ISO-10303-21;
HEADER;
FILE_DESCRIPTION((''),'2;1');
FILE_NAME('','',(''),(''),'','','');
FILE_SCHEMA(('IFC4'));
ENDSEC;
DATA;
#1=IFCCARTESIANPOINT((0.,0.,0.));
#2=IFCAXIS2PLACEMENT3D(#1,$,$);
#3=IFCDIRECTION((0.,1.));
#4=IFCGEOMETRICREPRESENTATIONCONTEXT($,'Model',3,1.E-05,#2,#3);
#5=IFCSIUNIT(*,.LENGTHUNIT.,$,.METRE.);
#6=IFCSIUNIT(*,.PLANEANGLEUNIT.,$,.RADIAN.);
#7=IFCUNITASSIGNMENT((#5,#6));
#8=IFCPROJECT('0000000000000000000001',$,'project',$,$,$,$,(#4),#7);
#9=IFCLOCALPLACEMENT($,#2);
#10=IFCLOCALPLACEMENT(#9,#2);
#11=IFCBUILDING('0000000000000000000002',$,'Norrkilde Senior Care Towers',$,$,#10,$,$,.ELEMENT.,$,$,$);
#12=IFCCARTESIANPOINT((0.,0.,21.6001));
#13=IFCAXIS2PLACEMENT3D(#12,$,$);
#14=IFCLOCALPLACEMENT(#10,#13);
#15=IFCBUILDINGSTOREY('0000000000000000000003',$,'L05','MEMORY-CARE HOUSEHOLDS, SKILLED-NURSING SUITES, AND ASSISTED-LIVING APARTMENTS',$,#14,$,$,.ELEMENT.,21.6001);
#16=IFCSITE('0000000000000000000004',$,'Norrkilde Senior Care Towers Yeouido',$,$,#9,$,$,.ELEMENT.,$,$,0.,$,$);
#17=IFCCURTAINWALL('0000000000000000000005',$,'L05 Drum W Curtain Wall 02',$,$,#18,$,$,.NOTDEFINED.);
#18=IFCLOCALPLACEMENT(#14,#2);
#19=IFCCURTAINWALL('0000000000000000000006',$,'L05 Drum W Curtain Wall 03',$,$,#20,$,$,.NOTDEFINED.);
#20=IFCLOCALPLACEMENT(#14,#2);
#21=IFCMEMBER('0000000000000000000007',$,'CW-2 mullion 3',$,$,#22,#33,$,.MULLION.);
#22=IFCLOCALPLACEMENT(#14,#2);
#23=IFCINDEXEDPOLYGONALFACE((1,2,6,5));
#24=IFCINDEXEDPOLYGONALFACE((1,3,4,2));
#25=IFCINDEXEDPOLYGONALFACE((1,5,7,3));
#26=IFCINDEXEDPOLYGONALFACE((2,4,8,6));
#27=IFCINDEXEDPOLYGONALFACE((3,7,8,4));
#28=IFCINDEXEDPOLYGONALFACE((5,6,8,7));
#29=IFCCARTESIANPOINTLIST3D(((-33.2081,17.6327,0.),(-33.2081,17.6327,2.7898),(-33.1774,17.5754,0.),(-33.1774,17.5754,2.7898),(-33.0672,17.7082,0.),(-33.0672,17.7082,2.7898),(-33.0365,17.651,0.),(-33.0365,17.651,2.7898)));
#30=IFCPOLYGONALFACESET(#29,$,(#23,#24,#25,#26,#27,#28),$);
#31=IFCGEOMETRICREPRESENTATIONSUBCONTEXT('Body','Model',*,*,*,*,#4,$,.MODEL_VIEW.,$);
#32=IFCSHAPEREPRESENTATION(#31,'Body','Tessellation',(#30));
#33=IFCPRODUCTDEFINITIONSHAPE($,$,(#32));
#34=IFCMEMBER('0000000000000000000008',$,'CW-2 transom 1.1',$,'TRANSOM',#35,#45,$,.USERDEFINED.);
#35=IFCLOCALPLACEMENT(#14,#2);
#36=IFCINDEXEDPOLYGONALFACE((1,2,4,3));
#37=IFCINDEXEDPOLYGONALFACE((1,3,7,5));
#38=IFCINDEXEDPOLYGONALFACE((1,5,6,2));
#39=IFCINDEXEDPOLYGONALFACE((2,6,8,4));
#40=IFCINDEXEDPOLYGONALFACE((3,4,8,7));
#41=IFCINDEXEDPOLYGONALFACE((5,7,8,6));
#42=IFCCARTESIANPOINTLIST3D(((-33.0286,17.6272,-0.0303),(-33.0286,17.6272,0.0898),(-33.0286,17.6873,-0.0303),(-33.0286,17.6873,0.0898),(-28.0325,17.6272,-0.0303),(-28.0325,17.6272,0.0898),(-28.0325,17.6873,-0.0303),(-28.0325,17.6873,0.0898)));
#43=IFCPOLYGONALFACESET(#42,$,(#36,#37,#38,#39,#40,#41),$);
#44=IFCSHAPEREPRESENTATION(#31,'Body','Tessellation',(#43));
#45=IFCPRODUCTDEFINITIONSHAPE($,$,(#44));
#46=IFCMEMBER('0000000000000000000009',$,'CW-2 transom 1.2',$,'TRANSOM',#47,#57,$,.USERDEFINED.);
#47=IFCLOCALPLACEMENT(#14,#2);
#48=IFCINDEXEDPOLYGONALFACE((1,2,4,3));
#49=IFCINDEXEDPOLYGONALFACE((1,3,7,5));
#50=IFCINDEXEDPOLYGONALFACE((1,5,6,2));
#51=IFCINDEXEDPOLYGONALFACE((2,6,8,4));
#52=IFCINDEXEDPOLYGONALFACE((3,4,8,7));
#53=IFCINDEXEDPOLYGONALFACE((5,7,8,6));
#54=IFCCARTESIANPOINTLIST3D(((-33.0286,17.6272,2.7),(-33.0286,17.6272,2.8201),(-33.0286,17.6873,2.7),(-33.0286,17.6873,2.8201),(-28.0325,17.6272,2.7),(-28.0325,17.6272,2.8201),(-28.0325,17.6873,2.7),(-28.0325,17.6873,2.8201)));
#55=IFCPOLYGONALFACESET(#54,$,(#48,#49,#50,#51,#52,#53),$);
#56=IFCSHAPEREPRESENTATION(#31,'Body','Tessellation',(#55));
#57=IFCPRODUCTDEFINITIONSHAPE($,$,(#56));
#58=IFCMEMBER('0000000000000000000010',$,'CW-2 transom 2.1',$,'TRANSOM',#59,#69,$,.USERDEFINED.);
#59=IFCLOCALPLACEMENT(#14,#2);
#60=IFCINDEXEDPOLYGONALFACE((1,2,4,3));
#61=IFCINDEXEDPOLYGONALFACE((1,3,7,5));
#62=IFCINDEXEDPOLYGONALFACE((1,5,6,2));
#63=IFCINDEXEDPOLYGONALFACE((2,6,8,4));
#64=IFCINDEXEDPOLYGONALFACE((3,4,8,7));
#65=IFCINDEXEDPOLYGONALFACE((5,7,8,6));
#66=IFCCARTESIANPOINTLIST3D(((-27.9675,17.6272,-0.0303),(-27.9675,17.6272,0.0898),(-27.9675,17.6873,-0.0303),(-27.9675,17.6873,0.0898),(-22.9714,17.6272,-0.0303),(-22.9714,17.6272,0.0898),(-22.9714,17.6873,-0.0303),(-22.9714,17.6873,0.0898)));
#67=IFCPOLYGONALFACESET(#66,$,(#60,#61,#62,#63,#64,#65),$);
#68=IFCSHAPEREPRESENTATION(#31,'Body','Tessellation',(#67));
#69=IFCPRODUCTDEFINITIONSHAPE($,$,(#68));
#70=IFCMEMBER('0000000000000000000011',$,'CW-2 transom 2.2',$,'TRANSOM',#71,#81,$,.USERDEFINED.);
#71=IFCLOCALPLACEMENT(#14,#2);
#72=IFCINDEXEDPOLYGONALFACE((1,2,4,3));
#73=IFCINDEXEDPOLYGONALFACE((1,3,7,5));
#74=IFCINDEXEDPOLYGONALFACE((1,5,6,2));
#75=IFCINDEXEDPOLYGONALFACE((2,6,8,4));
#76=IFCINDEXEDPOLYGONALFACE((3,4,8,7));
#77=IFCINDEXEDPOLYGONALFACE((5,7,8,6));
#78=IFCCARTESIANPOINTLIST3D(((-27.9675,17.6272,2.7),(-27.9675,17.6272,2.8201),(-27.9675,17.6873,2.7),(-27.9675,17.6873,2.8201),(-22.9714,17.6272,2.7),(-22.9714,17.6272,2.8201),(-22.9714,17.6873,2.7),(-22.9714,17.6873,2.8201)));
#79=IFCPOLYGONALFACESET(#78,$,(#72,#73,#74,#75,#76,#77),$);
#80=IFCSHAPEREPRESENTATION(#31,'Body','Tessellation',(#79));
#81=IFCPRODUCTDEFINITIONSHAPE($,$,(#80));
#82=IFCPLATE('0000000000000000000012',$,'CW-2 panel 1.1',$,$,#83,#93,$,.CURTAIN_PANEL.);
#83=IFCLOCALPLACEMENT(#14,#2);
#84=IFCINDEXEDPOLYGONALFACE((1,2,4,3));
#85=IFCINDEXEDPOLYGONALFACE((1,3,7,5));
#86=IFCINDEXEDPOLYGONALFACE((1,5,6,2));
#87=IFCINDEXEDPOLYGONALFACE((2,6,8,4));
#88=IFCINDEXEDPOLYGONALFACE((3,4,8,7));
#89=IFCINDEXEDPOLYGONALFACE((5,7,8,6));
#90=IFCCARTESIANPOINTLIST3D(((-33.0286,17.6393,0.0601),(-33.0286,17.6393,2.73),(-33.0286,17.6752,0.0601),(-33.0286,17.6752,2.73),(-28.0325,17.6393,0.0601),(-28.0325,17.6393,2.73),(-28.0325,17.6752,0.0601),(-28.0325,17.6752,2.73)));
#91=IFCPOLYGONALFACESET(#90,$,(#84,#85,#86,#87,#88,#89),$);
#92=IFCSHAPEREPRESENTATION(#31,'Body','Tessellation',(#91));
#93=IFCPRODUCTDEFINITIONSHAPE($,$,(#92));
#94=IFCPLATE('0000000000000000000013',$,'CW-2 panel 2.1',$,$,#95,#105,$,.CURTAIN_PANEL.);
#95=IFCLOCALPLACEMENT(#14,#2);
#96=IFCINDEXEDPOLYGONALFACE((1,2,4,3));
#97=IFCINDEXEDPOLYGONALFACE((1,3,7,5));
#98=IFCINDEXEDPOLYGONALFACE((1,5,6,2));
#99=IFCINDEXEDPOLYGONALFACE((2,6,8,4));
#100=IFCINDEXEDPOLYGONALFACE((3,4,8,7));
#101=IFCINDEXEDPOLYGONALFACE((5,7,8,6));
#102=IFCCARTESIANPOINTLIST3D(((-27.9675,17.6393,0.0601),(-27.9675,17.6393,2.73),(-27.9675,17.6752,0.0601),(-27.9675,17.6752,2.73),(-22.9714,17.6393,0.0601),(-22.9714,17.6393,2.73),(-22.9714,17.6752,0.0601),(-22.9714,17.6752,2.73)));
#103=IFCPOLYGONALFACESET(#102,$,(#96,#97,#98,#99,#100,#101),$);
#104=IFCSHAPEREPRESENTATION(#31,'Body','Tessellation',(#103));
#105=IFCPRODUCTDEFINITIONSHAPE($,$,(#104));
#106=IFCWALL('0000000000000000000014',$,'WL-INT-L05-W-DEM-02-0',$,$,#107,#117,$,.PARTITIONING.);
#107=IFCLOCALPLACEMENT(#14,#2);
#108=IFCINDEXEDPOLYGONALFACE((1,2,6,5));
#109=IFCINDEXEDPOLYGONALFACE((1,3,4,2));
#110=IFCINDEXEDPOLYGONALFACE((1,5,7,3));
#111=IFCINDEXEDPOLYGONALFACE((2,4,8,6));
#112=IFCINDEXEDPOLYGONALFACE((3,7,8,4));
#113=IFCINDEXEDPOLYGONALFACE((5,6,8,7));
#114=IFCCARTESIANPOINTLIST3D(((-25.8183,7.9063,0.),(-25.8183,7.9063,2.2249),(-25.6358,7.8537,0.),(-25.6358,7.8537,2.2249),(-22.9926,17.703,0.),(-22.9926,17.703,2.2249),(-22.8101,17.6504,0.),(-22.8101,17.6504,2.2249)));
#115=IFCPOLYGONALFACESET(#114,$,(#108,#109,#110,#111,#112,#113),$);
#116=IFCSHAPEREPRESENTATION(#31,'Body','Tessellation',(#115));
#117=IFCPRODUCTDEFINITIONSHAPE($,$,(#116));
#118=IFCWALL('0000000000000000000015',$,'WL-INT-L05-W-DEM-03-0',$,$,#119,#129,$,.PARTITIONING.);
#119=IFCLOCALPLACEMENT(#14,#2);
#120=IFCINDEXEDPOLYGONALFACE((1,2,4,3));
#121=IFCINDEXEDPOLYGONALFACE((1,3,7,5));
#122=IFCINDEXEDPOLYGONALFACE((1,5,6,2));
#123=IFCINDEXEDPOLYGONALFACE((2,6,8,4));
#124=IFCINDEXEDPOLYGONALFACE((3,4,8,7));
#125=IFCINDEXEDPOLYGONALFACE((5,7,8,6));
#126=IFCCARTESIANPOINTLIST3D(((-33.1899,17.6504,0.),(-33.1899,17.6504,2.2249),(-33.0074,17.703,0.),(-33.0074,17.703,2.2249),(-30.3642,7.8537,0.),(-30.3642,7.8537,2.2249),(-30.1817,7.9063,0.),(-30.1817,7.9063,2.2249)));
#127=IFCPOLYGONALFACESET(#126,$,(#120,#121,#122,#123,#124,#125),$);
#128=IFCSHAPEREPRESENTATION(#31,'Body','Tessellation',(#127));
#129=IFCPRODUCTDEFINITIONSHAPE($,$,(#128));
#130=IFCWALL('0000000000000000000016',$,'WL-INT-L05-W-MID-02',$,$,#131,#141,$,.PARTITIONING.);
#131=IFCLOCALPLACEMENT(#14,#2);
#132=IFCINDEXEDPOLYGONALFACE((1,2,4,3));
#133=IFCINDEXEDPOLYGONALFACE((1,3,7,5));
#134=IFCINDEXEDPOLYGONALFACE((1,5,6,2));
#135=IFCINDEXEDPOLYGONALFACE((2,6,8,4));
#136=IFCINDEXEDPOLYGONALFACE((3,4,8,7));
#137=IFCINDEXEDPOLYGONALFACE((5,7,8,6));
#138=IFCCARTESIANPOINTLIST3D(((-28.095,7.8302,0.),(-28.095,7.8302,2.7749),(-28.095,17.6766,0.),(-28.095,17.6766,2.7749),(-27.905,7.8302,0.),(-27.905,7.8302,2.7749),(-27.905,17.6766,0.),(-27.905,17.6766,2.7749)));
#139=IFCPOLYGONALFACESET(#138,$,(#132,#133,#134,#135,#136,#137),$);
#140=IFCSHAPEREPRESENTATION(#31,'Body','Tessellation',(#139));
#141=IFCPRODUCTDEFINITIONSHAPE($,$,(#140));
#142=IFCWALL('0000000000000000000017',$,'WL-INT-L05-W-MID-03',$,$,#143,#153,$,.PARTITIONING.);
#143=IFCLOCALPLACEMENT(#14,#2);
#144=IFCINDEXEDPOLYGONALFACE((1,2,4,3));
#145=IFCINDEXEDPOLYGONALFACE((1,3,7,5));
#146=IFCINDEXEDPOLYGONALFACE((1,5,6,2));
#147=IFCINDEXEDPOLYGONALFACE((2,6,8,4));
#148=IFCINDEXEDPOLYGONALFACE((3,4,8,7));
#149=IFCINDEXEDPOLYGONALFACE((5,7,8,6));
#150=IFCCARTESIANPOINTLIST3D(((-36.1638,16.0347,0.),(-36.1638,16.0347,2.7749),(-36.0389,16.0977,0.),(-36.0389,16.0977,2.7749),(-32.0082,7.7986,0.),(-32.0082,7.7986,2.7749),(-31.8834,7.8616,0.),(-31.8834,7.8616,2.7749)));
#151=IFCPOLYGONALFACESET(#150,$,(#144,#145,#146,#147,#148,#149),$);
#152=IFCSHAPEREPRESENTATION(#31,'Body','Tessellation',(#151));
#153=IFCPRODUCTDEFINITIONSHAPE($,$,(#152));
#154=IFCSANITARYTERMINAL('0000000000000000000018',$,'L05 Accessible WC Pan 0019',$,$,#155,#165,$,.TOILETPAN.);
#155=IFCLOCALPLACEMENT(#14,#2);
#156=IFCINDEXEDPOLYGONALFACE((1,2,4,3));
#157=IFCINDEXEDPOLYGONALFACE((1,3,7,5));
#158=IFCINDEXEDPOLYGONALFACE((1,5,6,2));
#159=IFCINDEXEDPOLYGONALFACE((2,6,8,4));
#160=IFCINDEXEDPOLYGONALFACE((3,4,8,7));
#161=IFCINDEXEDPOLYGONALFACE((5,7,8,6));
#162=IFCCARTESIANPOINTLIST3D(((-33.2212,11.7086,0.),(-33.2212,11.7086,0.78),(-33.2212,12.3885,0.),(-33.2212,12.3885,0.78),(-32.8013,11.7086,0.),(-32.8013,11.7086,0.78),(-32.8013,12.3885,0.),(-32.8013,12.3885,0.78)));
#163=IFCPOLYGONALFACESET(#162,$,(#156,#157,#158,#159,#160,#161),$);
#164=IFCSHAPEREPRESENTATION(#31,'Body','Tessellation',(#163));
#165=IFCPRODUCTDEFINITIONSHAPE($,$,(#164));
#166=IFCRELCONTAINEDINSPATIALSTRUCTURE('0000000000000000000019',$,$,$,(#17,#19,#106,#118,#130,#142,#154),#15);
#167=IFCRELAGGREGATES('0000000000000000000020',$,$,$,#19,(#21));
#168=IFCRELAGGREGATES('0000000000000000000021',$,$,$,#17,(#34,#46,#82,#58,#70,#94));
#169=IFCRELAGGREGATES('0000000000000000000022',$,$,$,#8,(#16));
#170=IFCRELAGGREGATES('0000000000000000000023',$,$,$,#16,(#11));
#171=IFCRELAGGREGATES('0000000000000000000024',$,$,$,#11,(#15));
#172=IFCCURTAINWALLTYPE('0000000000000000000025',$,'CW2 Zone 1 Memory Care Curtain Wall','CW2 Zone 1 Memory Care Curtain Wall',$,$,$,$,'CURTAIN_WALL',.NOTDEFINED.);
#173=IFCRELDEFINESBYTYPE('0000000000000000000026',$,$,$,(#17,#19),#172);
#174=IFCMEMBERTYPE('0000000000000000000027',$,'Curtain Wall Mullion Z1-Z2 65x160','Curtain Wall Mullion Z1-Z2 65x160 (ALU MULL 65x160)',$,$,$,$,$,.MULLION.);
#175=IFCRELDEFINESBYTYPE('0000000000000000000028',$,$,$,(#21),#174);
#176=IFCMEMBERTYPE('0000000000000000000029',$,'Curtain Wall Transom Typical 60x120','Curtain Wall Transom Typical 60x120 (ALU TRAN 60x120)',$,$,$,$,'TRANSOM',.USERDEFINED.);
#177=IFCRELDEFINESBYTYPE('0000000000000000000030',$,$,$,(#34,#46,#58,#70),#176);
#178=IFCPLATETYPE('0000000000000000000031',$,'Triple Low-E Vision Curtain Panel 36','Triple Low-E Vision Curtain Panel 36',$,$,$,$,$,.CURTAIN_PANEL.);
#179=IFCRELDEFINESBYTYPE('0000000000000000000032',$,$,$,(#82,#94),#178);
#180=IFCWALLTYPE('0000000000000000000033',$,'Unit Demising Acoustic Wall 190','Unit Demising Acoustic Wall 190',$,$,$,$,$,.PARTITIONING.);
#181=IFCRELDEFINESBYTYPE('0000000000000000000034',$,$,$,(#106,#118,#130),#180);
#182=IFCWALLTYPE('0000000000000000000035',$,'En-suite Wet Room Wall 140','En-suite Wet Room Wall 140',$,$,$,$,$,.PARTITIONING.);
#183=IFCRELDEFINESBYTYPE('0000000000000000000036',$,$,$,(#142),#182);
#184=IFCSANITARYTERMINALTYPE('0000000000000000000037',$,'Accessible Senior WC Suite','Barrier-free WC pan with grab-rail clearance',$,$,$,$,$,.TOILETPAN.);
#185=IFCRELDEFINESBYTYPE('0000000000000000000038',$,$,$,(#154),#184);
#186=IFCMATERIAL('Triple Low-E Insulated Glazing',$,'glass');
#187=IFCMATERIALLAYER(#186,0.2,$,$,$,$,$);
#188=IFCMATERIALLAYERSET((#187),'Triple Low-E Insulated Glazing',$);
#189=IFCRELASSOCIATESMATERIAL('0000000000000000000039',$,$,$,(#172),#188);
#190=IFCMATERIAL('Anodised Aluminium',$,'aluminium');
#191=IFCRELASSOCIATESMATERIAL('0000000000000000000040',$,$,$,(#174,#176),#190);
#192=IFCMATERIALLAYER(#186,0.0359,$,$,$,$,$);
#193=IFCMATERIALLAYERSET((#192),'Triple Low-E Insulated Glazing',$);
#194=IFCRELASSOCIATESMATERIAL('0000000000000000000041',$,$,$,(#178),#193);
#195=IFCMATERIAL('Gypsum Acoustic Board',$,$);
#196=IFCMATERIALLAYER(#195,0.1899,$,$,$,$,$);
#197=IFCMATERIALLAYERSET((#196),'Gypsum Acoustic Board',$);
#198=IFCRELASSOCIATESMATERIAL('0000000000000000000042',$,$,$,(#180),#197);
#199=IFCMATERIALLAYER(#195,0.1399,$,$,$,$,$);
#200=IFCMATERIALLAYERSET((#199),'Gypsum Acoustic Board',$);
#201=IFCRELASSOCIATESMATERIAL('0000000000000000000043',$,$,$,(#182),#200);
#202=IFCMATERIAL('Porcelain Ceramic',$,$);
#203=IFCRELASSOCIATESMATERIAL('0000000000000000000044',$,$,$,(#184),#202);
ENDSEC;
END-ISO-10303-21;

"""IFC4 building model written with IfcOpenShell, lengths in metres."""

from ifc_helpers import new_model, si_unit, direction, frame, frame_2d, origin, origin_2d, place, context, subcontext, project, spatial, rectangle, extrude, source, transform, mapped, material, layer, layer_set, material_profile, profile_set, type_object, type_shapes, element, aggregate, save


model = new_model("IFC4")

# Units and contexts
model_context = context("Model", 3, precision=1e-05, world=origin(), true_north=direction((0.0, 1.0)))
body_context = subcontext(model_context, "Body", "Model", "MODEL_VIEW")
ifc_project = project(units=[si_unit("LENGTHUNIT", "METRE"), si_unit("PLANEANGLEUNIT", "RADIAN")], contexts=[model_context])

# Site, building, storey
site_placement = place(None, origin())
site = spatial("IfcSite", under=ifc_project, at=site_placement, Name="Norrkilde Senior Care Towers Yeouido", CompositionType="ELEMENT", RefElevation=0.0)
building_placement = place(site_placement, origin())
building = spatial("IfcBuilding", under=site, at=building_placement, Name="Norrkilde Senior Care Towers", CompositionType="ELEMENT")
storey_placement = place(building_placement, frame((0.0, 0.0, 21.6001)))
storey = spatial("IfcBuildingStorey", under=building, at=storey_placement, Name="L05", Description="MEMORY-CARE HOUSEHOLDS, SKILLED-NURSING SUITES, AND ASSISTED-LIVING APARTMENTS", CompositionType="ELEMENT", Elevation=21.6001)

# Curtain wall
ifc_material_1 = material(Name="Triple Low-E Insulated Glazing", Category="glass")
ifc_layer_1 = layer(ifc_material_1, 0.2)
ifc_layer_set_1 = layer_set([ifc_layer_1], Name="Triple Low-E Insulated Glazing")
curtain_wall_type = type_object("IfcCurtainWallType", Name="CW2 Zone 1 Memory Care Curtain Wall", Description="CW2 Zone 1 Memory Care Curtain Wall", ElementType="CURTAIN_WALL", PredefinedType="NOTDEFINED", material=ifc_layer_set_1)
curtain_wall_1_placement = place(storey_placement, origin())
curtain_wall_1 = element("IfcCurtainWall", 1, at=curtain_wall_1_placement, inside=storey, type_object=curtain_wall_type, Name="L05 Drum W Curtain Wall 02", PredefinedType="NOTDEFINED")
ifc_material_2 = material(Name="Anodised Aluminium", Category="aluminium")
ifc_material_profile_1 = material_profile(ifc_material_2, rectangle(XDim=0.0649, YDim=0.1599, at=origin_2d()), Name="ALU MULL 65x160")
ifc_profile_set_1 = profile_set([ifc_material_profile_1], Name="Anodised Aluminium")
member_type_1 = type_object("IfcMemberType", Name="Curtain Wall Mullion Z1-Z2 65x160", Description="Curtain Wall Mullion Z1-Z2 65x160 (ALU MULL 65x160)", PredefinedType="MULLION", material=ifc_profile_set_1)
shared_shape_1 = source(origin(), body_context, "Body", "SweptSolid", [
    extrude(rectangle(XDim=0.0649, YDim=0.1599, at=origin_2d()), origin(), (0.0, 0.0, 1.0), 2.7898),
])
type_shapes(member_type_1, [shared_shape_1])

# Curtain wall, member
curtain_wall_2_placement = place(storey_placement, origin())
curtain_wall_2 = element("IfcCurtainWall", 2, at=curtain_wall_2_placement, inside=storey, type_object=curtain_wall_type, Name="L05 Drum W Curtain Wall 03", PredefinedType="NOTDEFINED")
member_1_placement = place(storey_placement, frame((-33.1223, 17.6418, 0.0), z_axis=(0.0, 0.0, 1.0), x_axis=(-0.472608, 0.881273, 0.0)))
member_1 = element("IfcMember", 3, at=member_1_placement, type_object=member_type_1, Name="CW-2 mullion 3", PredefinedType="MULLION", context=body_context, shape_type="MappedRepresentation", body=[
    mapped(shared_shape_1, transform((0.0, 0.0, 0.0), x_axis=(1.0, 0.0, 0.0), y_axis=(0.0, 1.0, 0.0), z_axis=(0.0, 0.0, 1.0), scale=1.0)),
])
aggregate(curtain_wall_2, [member_1])

# Members
ifc_material_profile_2 = material_profile(ifc_material_2, rectangle(XDim=0.0601, YDim=0.1201, at=origin_2d()), Name="ALU TRAN 60x120")
ifc_profile_set_2 = profile_set([ifc_material_profile_2], Name="Anodised Aluminium")
member_type_2 = type_object("IfcMemberType", Name="Curtain Wall Transom Typical 60x120", Description="Curtain Wall Transom Typical 60x120 (ALU TRAN 60x120)", ElementType="TRANSOM", PredefinedType="USERDEFINED", material=ifc_profile_set_2)
shared_shape_2 = source(origin(), body_context, "Body", "SweptSolid", [
    extrude(rectangle(XDim=0.0601, YDim=0.1201, at=origin_2d()), origin(), (0.0, 0.0, 1.0), 4.9961),
])
type_shapes(member_type_2, [shared_shape_2])
member_2_placement = place(storey_placement, frame((-33.0286, 17.6572, 0.0298), z_axis=(1.0, 0.0, 0.0), x_axis=(0.0, 1.0, 0.0)))
member_2 = element("IfcMember", 4, at=member_2_placement, type_object=member_type_2, Name="CW-2 transom 1.1", ObjectType="TRANSOM", PredefinedType="USERDEFINED", context=body_context, shape_type="MappedRepresentation", body=[
    mapped(shared_shape_2, transform((0.0, 0.0, 0.0), x_axis=(1.0, 0.0, 0.0), y_axis=(0.0, 1.0, 0.0), z_axis=(0.0, 0.0, 1.0), scale=1.0)),
])
member_3_placement = place(storey_placement, frame((-33.0286, 17.6572, 2.76), z_axis=(1.0, 0.0, 0.0), x_axis=(0.0, 1.0, 0.0)))
member_3 = element("IfcMember", 5, at=member_3_placement, type_object=member_type_2, Name="CW-2 transom 1.2", ObjectType="TRANSOM", PredefinedType="USERDEFINED", context=body_context, shape_type="MappedRepresentation", body=[
    mapped(shared_shape_2, transform((0.0, 0.0, 0.0), x_axis=(1.0, 0.0, 0.0), y_axis=(0.0, 1.0, 0.0), z_axis=(0.0, 0.0, 1.0), scale=1.0)),
])
member_4_placement = place(storey_placement, frame((-27.9675, 17.6572, 0.0298), z_axis=(1.0, 0.0, 0.0), x_axis=(0.0, 1.0, 0.0)))
member_4 = element("IfcMember", 6, at=member_4_placement, type_object=member_type_2, Name="CW-2 transom 2.1", ObjectType="TRANSOM", PredefinedType="USERDEFINED", context=body_context, shape_type="MappedRepresentation", body=[
    mapped(shared_shape_2, transform((0.0, 0.0, 0.0), x_axis=(1.0, 0.0, 0.0), y_axis=(0.0, 1.0, 0.0), z_axis=(0.0, 0.0, 1.0), scale=1.0)),
])
member_5_placement = place(storey_placement, frame((-27.9675, 17.6572, 2.76), z_axis=(1.0, 0.0, 0.0), x_axis=(0.0, 1.0, 0.0)))
member_5 = element("IfcMember", 7, at=member_5_placement, type_object=member_type_2, Name="CW-2 transom 2.2", ObjectType="TRANSOM", PredefinedType="USERDEFINED", context=body_context, shape_type="MappedRepresentation", body=[
    mapped(shared_shape_2, transform((0.0, 0.0, 0.0), x_axis=(1.0, 0.0, 0.0), y_axis=(0.0, 1.0, 0.0), z_axis=(0.0, 0.0, 1.0), scale=1.0)),
])

# Plates
ifc_layer_2 = layer(ifc_material_1, 0.0359)
ifc_layer_set_2 = layer_set([ifc_layer_2], Name="Triple Low-E Insulated Glazing")
plate_type = type_object("IfcPlateType", Name="Triple Low-E Vision Curtain Panel 36", Description="Triple Low-E Vision Curtain Panel 36", PredefinedType="CURTAIN_PANEL", material=ifc_layer_set_2)
shared_shape_3 = source(origin(), body_context, "Body", "SweptSolid", [
    extrude(rectangle(XDim=4.9961, YDim=0.0359, at=origin_2d()), origin(), (0.0, 0.0, 1.0), 2.6699),
])
type_shapes(plate_type, [shared_shape_3])
plate_1_placement = place(storey_placement, frame((-30.5305, 17.6572, 0.0601), z_axis=(0.0, 0.0, 1.0), x_axis=(1.0, 0.0, 0.0)))
plate_1 = element("IfcPlate", 8, at=plate_1_placement, type_object=plate_type, Name="CW-2 panel 1.1", PredefinedType="CURTAIN_PANEL", context=body_context, shape_type="MappedRepresentation", body=[
    mapped(shared_shape_3, transform((0.0, 0.0, 0.0), x_axis=(1.0, 0.0, 0.0), y_axis=(0.0, 1.0, 0.0), z_axis=(0.0, 0.0, 1.0), scale=1.0)),
])
plate_2_placement = place(storey_placement, frame((-25.4695, 17.6572, 0.0601), z_axis=(0.0, 0.0, 1.0), x_axis=(1.0, 0.0, 0.0)))
plate_2 = element("IfcPlate", 9, at=plate_2_placement, type_object=plate_type, Name="CW-2 panel 2.1", PredefinedType="CURTAIN_PANEL", context=body_context, shape_type="MappedRepresentation", body=[
    mapped(shared_shape_3, transform((0.0, 0.0, 0.0), x_axis=(1.0, 0.0, 0.0), y_axis=(0.0, 1.0, 0.0), z_axis=(0.0, 0.0, 1.0), scale=1.0)),
])
aggregate(curtain_wall_1, [member_2, member_3, plate_1, member_4, member_5, plate_2])

# Walls
ifc_material_3 = material(Name="Gypsum Acoustic Board")
ifc_layer_3 = layer(ifc_material_3, 0.1899)
ifc_layer_set_3 = layer_set([ifc_layer_3], Name="Gypsum Acoustic Board")
wall_type_1 = type_object("IfcWallType", Name="Unit Demising Acoustic Wall 190", Description="Unit Demising Acoustic Wall 190", PredefinedType="PARTITIONING", material=ifc_layer_set_3)
shared_shape_4 = source(origin(), body_context, "Body", "SweptSolid", [
    extrude(rectangle(XDim=10.196, YDim=0.1899, at=frame_2d((5.0981, 0.0))), origin(), (0.0, 0.0, 1.0), 2.2249),
])
for number, where, z_axis, x_axis, name in (
    (10, (-25.7271, 7.8799, 0.0), (0.0, 0.0, 1.0), (0.277136, 0.960831, 0.0), "WL-INT-L05-W-DEM-02-0"),
    (11, (-30.2729, 7.8799, 0.0), (0.0, 0.0, 1.0), (-0.277136, 0.960831, 0.0), "WL-INT-L05-W-DEM-03-0"),
):
    element("IfcWall", number, at=place(storey_placement, frame(where, z_axis=z_axis, x_axis=x_axis)), inside=storey, type_object=wall_type_1, Name=name, PredefinedType="PARTITIONING", context=body_context, shape_type="MappedRepresentation", body=[
        mapped(shared_shape_4, transform((0.0, 0.0, 0.0), x_axis=(1.0, 0.0, 0.0), y_axis=(0.0, 1.0, 0.0), z_axis=(0.0, 0.0, 1.0), scale=1.0)),
    ])
shared_shape_5 = source(origin(), body_context, "Body", "SweptSolid", [
    extrude(rectangle(XDim=9.8464, YDim=0.1899, at=frame_2d((4.9233, 0.0))), origin(), (0.0, 0.0, 1.0), 2.7749),
])
type_shapes(wall_type_1, [shared_shape_4, shared_shape_5])
wall_1_placement = place(storey_placement, frame((-28.0, 7.8301, 0.0), z_axis=(0.0, 0.0, 1.0), x_axis=(0.0, 1.0, 0.0)))
element("IfcWall", 12, at=wall_1_placement, inside=storey, type_object=wall_type_1, Name="WL-INT-L05-W-MID-02", PredefinedType="PARTITIONING", context=body_context, shape_type="MappedRepresentation", body=[
    mapped(shared_shape_5, transform((0.0, 0.0, 0.0), x_axis=(1.0, 0.0, 0.0), y_axis=(0.0, 1.0, 0.0), z_axis=(0.0, 0.0, 1.0), scale=1.0)),
])
ifc_layer_4 = layer(ifc_material_3, 0.1399)
ifc_layer_set_4 = layer_set([ifc_layer_4], Name="Gypsum Acoustic Board")
wall_type_2 = type_object("IfcWallType", Name="En-suite Wet Room Wall 140", Description="En-suite Wet Room Wall 140", PredefinedType="PARTITIONING", material=ifc_layer_set_4)
shared_shape_6 = source(origin(), body_context, "Body", "SweptSolid", [
    extrude(rectangle(XDim=9.2251, YDim=0.1399, at=frame_2d((4.6125, 0.0))), origin(), (0.0, 0.0, 1.0), 2.7749),
])
type_shapes(wall_type_2, [shared_shape_6])
wall_2_placement = place(storey_placement, frame((-31.9458, 7.8301, 0.0), z_axis=(0.0, 0.0, 1.0), x_axis=(-0.450461, 0.892796, 0.0)))
element("IfcWall", 13, at=wall_2_placement, inside=storey, type_object=wall_type_2, Name="WL-INT-L05-W-MID-03", PredefinedType="PARTITIONING", context=body_context, shape_type="MappedRepresentation", body=[
    mapped(shared_shape_6, transform((0.0, 0.0, 0.0), x_axis=(1.0, 0.0, 0.0), y_axis=(0.0, 1.0, 0.0), z_axis=(0.0, 0.0, 1.0), scale=1.0)),
])

# Sanitary terminal
ifc_material_4 = material(Name="Porcelain Ceramic")
sanitary_terminal_type_1 = type_object("IfcSanitaryTerminalType", Name="Accessible Senior WC Suite", Description="Barrier-free WC pan with grab-rail clearance", PredefinedType="TOILETPAN", material=ifc_material_4)
shared_shape_7 = source(origin(), body_context, "Body", "SweptSolid", [
    extrude(rectangle(XDim=0.4199, YDim=0.6799, at=origin_2d()), origin(), (0.0, 0.0, 1.0), 0.78),
])
type_shapes(sanitary_terminal_type_1, [shared_shape_7])
sanitary_terminal_1_placement = place(storey_placement, frame((-33.0112, 12.0486, 0.0), z_axis=(0.0, 0.0, 1.0), x_axis=(1.0, 0.0, 0.0)))
element("IfcSanitaryTerminal", 14, at=sanitary_terminal_1_placement, inside=storey, type_object=sanitary_terminal_type_1, Name="L05 Accessible WC Pan 0019", PredefinedType="TOILETPAN", context=body_context, shape_type="MappedRepresentation", body=[
    mapped(shared_shape_7, transform((0.0, 0.0, 0.0), x_axis=(1.0, 0.0, 0.0), y_axis=(0.0, 1.0, 0.0), z_axis=(0.0, 0.0, 1.0), scale=1.0)),
])

save(model, "model.ifc")
